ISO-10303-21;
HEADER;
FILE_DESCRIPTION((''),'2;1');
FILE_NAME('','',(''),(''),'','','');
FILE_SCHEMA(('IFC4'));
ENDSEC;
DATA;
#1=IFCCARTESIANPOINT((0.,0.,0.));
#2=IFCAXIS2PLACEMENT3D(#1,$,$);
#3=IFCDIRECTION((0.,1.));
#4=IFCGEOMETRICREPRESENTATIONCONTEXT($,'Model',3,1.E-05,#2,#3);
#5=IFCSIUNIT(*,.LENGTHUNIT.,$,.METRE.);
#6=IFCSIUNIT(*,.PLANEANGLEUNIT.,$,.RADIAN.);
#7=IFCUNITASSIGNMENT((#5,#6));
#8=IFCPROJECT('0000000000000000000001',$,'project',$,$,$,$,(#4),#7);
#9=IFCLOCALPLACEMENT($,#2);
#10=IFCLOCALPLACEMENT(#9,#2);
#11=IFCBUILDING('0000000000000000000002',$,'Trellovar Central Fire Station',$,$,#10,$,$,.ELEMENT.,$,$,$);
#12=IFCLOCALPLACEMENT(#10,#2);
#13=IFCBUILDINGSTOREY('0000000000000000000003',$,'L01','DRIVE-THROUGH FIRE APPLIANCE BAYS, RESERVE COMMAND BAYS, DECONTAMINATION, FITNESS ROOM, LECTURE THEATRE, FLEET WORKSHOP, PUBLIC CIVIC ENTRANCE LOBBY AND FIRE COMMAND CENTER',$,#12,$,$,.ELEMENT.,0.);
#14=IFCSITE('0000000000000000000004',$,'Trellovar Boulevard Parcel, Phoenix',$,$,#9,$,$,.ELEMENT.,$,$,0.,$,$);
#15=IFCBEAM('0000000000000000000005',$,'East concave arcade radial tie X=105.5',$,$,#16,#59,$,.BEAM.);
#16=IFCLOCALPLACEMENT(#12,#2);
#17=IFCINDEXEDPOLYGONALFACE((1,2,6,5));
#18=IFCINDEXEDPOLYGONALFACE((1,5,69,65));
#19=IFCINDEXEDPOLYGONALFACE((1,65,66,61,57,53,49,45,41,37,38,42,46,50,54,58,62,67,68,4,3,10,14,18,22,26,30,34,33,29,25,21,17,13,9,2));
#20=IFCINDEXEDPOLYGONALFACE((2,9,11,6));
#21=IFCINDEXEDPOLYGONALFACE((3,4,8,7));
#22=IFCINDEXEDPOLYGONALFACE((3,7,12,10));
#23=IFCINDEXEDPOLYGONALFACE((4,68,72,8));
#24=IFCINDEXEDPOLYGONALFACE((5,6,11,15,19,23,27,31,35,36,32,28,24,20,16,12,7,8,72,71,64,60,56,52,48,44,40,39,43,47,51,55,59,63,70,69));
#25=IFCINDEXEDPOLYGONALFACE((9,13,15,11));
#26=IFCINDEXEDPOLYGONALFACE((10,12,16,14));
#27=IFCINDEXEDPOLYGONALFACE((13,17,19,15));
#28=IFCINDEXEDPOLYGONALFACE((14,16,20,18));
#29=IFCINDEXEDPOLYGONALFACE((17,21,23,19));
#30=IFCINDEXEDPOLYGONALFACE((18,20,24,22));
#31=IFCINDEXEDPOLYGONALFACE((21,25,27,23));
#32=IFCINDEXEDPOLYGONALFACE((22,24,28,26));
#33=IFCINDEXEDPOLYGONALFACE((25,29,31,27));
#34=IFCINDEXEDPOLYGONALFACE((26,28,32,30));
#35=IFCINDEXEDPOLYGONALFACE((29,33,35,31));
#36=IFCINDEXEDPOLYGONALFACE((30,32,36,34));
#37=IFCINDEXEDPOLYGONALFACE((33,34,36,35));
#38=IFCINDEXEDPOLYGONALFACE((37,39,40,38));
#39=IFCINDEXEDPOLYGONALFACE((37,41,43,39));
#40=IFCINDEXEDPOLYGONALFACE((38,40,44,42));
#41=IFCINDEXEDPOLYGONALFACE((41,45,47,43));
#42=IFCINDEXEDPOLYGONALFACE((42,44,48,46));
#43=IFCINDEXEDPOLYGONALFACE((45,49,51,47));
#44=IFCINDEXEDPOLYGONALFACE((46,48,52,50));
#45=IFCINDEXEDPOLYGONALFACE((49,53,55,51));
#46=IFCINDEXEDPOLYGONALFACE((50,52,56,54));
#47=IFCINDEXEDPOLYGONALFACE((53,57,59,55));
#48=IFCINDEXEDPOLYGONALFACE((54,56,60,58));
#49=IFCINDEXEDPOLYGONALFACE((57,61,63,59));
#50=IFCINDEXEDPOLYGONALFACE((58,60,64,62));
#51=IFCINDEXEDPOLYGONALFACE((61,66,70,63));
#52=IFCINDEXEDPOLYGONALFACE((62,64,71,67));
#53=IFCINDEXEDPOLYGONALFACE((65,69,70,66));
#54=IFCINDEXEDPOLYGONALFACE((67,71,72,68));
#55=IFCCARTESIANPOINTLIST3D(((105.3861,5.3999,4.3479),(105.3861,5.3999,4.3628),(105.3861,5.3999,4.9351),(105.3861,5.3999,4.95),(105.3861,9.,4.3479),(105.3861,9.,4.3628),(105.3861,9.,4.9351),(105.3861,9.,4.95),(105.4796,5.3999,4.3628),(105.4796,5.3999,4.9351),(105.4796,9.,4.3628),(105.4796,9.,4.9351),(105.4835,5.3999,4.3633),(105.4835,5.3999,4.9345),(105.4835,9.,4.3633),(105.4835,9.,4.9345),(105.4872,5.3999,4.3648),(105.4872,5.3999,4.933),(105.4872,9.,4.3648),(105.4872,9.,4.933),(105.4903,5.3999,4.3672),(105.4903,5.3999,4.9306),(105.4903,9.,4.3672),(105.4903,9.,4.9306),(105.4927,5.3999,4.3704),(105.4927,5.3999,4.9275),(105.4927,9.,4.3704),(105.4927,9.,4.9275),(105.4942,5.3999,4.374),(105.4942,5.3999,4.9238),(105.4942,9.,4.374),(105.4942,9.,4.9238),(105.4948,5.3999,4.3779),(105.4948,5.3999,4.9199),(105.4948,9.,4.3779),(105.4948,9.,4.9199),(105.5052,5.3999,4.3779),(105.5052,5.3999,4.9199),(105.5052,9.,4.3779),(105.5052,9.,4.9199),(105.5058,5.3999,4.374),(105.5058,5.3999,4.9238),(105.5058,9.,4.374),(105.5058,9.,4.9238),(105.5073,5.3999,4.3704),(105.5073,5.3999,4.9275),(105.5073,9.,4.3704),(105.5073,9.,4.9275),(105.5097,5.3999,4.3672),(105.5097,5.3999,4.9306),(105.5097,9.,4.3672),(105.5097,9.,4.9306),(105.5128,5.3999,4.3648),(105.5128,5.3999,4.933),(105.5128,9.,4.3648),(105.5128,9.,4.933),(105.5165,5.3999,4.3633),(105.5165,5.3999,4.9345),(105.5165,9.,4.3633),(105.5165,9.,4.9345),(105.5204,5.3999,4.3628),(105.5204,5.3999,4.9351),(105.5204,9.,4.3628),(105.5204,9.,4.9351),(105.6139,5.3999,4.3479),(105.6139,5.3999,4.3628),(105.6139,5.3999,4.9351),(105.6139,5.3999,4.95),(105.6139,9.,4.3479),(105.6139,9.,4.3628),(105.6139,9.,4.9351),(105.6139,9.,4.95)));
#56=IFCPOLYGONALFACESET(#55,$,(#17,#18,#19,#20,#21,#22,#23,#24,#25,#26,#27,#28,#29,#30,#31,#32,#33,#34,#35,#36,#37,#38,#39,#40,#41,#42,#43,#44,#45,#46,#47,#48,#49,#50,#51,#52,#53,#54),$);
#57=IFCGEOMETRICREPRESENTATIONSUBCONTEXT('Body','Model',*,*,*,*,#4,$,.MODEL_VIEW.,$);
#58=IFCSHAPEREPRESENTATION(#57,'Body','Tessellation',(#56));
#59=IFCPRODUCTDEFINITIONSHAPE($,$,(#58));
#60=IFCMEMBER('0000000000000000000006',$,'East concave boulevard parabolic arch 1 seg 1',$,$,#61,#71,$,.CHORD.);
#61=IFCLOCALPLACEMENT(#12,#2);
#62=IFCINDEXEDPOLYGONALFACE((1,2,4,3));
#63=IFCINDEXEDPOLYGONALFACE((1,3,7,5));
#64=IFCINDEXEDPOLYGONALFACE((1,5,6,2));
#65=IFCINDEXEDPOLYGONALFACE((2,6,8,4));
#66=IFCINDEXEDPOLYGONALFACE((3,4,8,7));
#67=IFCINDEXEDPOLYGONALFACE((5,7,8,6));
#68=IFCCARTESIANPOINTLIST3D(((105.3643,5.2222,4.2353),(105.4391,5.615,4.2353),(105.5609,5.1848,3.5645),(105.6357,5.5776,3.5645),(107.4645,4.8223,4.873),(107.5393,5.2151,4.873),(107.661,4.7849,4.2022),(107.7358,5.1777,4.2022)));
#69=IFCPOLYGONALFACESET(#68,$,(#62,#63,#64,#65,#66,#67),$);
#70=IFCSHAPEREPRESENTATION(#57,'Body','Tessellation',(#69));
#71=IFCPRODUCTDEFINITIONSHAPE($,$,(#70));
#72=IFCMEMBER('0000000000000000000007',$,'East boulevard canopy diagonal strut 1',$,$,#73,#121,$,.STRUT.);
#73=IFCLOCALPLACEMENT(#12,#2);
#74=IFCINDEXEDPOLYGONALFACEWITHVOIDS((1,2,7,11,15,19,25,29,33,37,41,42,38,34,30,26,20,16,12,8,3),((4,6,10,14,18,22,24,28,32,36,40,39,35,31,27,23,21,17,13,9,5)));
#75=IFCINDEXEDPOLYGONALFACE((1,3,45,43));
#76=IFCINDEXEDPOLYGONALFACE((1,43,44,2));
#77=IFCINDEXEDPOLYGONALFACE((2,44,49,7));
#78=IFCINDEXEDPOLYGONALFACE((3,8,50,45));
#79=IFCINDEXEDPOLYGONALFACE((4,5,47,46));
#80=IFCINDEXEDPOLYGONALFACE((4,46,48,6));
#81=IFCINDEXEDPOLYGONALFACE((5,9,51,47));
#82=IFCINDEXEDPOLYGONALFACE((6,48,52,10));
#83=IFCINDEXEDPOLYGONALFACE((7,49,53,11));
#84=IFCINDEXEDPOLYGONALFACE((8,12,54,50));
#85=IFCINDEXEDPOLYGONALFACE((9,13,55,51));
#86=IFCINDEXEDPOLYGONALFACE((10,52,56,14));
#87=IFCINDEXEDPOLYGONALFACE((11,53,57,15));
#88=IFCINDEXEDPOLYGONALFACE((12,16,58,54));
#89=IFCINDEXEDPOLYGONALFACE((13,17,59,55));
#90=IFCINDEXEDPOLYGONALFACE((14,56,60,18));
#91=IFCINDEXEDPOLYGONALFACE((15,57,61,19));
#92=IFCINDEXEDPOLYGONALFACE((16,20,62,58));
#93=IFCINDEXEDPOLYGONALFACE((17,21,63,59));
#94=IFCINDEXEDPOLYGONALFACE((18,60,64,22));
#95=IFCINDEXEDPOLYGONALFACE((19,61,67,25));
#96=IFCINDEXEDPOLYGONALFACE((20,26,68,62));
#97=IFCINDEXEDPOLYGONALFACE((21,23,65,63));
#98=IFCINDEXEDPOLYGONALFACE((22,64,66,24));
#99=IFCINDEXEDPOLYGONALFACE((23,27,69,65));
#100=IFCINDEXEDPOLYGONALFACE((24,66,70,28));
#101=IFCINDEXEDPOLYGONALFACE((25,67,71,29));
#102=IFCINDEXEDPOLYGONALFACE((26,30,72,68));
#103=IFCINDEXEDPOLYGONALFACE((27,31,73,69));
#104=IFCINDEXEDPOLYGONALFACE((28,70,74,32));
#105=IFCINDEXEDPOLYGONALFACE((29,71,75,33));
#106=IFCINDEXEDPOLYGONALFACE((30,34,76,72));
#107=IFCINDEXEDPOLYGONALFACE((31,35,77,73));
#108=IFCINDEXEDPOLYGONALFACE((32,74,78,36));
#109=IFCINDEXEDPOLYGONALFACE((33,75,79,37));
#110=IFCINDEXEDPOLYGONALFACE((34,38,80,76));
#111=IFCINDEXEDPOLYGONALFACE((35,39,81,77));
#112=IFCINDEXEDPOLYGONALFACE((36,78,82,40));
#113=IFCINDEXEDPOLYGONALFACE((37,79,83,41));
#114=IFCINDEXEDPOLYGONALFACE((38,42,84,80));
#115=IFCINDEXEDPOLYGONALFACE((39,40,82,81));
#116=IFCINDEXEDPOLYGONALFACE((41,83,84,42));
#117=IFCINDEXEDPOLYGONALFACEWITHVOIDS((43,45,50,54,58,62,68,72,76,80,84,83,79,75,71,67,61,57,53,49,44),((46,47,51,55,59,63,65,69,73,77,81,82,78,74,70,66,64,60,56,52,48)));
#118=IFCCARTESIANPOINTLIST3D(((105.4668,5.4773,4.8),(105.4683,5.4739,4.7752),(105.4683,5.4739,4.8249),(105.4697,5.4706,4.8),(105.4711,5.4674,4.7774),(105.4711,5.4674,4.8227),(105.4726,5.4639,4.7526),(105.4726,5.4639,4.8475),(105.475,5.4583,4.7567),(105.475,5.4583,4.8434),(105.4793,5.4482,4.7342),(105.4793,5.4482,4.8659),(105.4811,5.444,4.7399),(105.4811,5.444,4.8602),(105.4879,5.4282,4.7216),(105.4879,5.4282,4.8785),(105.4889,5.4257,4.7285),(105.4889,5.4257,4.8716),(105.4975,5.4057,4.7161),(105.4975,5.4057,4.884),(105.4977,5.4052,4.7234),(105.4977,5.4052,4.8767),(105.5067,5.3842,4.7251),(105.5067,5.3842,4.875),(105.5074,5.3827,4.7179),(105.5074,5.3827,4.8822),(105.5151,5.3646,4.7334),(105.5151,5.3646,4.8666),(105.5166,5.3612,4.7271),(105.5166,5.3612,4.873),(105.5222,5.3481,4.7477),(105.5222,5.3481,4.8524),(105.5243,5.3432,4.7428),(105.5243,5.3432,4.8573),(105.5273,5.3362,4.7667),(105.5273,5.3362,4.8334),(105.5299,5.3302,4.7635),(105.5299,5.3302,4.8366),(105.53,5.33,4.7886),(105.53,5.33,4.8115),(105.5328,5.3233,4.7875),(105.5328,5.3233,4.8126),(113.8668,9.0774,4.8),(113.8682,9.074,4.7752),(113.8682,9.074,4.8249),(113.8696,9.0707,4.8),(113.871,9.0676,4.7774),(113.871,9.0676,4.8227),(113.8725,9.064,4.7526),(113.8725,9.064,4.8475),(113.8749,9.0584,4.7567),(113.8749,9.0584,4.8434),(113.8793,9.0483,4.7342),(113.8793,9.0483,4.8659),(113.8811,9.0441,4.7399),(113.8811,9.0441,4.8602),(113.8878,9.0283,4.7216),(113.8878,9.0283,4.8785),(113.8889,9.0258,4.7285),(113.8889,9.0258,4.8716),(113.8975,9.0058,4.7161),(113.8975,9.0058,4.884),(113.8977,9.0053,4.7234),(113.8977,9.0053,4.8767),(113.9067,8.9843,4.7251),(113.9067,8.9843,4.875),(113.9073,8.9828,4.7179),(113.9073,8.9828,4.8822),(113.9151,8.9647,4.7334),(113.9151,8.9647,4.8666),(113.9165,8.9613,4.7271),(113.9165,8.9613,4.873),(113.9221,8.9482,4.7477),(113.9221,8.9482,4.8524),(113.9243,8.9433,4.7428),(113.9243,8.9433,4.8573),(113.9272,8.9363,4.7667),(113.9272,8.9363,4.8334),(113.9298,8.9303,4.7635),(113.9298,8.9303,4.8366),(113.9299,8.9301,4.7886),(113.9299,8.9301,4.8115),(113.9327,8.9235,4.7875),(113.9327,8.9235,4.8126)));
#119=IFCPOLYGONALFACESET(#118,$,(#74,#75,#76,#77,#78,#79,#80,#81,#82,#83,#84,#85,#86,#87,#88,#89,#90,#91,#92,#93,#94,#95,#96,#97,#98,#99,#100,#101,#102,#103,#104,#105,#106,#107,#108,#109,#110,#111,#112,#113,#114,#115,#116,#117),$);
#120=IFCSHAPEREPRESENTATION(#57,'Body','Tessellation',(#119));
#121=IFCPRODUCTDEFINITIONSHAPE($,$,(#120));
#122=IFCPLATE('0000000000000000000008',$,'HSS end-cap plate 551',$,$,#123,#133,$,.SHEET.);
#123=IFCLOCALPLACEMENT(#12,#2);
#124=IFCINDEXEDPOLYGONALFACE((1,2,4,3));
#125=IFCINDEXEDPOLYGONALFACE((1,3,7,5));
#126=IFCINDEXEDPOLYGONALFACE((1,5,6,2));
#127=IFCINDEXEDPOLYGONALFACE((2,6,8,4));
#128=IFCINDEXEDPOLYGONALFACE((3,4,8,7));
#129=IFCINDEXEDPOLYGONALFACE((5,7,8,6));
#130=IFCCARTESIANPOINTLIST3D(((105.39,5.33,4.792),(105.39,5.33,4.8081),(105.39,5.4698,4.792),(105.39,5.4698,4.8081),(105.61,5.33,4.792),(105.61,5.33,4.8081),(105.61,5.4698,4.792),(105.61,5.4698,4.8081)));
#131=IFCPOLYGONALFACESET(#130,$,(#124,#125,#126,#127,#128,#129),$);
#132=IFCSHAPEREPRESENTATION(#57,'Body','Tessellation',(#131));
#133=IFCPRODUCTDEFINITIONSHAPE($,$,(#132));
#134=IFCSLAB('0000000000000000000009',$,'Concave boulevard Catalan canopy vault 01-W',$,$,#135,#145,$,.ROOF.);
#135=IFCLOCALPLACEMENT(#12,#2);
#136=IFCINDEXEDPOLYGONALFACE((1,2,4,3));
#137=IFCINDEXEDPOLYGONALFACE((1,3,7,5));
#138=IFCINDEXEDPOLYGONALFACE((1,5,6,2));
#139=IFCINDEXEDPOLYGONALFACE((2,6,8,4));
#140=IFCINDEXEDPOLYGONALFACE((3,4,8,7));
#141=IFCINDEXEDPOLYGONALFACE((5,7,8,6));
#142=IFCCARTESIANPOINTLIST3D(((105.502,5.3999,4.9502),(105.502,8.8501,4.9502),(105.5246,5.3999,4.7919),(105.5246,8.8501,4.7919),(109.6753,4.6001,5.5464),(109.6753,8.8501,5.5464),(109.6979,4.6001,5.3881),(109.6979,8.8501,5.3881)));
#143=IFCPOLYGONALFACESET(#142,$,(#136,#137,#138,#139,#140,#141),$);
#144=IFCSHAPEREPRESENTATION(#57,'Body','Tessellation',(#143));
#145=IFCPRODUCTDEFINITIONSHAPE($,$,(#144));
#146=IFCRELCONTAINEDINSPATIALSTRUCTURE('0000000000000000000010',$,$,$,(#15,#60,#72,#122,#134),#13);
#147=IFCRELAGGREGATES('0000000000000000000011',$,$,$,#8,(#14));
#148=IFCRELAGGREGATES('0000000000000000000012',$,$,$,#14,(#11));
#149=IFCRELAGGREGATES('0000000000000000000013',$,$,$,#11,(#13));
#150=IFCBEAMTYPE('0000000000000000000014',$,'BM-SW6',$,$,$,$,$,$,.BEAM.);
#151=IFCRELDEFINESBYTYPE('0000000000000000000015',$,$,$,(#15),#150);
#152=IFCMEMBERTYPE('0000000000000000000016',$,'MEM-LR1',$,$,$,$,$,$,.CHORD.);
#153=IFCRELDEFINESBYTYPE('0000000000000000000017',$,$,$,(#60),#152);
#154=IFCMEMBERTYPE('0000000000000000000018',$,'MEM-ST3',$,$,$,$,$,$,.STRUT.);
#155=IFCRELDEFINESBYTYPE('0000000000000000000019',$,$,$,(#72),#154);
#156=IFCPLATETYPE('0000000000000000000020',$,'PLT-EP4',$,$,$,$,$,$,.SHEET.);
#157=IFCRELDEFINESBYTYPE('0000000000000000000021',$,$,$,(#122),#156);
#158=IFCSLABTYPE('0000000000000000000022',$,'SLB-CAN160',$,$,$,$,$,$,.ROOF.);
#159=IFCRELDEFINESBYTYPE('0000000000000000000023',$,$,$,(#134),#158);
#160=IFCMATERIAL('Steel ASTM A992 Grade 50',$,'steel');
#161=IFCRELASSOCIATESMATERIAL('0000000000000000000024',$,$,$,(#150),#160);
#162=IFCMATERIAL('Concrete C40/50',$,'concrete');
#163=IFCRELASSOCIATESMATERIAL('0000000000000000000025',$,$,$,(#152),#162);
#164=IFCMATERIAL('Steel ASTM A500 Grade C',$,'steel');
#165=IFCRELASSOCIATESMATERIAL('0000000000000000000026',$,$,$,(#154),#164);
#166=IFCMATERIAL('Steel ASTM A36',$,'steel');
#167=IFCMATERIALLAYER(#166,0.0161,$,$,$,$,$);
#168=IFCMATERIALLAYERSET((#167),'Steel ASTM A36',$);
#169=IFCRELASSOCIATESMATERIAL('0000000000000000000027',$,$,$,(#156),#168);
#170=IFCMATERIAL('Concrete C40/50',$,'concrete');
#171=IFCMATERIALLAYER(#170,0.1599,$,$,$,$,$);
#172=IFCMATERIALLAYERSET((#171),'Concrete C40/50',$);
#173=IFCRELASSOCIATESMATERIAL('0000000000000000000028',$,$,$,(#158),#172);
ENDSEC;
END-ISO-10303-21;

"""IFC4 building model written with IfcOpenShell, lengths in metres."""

from ifc_helpers import new_model, si_unit, direction, frame, origin, origin_2d, place, context, subcontext, project, spatial, polyline, rectangle, hollow_circle, i_section, outline, extrude, material, layer, layer_set, material_profile, profile_set, type_object, element, save


model = new_model("IFC4")

# Units and contexts
model_context = context("Model", 3, precision=1e-05, world=origin(), true_north=direction((0.0, 1.0)))
body_context = subcontext(model_context, "Body", "Model", "MODEL_VIEW")
ifc_project = project(units=[si_unit("LENGTHUNIT", "METRE"), si_unit("PLANEANGLEUNIT", "RADIAN")], contexts=[model_context])

# Site, building, storey
site_placement = place(None, origin())
site = spatial("IfcSite", under=ifc_project, at=site_placement, Name="Trellovar Boulevard Parcel, Phoenix", CompositionType="ELEMENT", RefElevation=0.0)
building_placement = place(site_placement, origin())
building = spatial("IfcBuilding", under=site, at=building_placement, Name="Trellovar Central Fire Station", CompositionType="ELEMENT")
storey_placement = place(building_placement, origin())
storey = spatial("IfcBuildingStorey", under=building, at=storey_placement, Name="L01", Description="DRIVE-THROUGH FIRE APPLIANCE BAYS, RESERVE COMMAND BAYS, DECONTAMINATION, FITNESS ROOM, LECTURE THEATRE, FLEET WORKSHOP, PUBLIC CIVIC ENTRANCE LOBBY AND FIRE COMMAND CENTER", CompositionType="ELEMENT", Elevation=0.0)

# Beam
ifc_material_1 = material(Name="Steel ASTM A992 Grade 50", Category="steel")
ifc_material_profile_1 = material_profile(ifc_material_1, i_section(OverallWidth=0.2278, OverallDepth=0.6021, WebThickness=0.0105, FlangeThickness=0.0149, FilletRadius=0.0151, at=origin_2d()), Name="W24X68")
ifc_profile_set_1 = profile_set([ifc_material_profile_1], Name="Steel ASTM A992 Grade 50")
beam_type_1 = type_object("IfcBeamType", Name="BM-SW6", PredefinedType="BEAM", material=ifc_profile_set_1)
beam_1_placement = place(storey_placement, frame((105.5, 5.3999, 4.6489), z_axis=(0.0, 1.0, 0.0), x_axis=(-1.0, 0.0, 0.0)))
element("IfcBeam", 1, at=beam_1_placement, inside=storey, type_object=beam_type_1, Name="East concave arcade radial tie X=105.5", PredefinedType="BEAM", context=body_context, shape_type="SweptSolid", body=[
    extrude(i_section(OverallWidth=0.2278, OverallDepth=0.6021, WebThickness=0.0105, FlangeThickness=0.0149, FilletRadius=0.0151, at=origin_2d()), origin(), (0.0, 0.0, 1.0), 3.6001),
])

# Members
ifc_material_2 = material(Name="Concrete C40/50", Category="concrete")
ifc_material_profile_2 = material_profile(ifc_material_2, rectangle(XDim=0.3999, YDim=0.7, at=origin_2d()), Name="RC400X700")
ifc_profile_set_2 = profile_set([ifc_material_profile_2], Name="Concrete C40/50")
member_type_1 = type_object("IfcMemberType", Name="MEM-LR1", PredefinedType="CHORD", material=ifc_profile_set_2)
member_1_placement = place(storey_placement, frame((105.5, 5.3999, 3.8999), z_axis=(0.941361, -0.179255, 0.285845), x_axis=(0.18706, 0.982349, 0.0)))
element("IfcMember", 2, at=member_1_placement, inside=storey, type_object=member_type_1, Name="East concave boulevard parabolic arch 1 seg 1", PredefinedType="CHORD", context=body_context, shape_type="SweptSolid", body=[
    extrude(rectangle(XDim=0.3999, YDim=0.7, at=origin_2d()), origin(), (0.0, 0.0, 1.0), 2.231),
])
ifc_material_3 = material(Name="Steel ASTM A500 Grade C", Category="steel")
ifc_material_profile_3 = material_profile(ifc_material_3, hollow_circle(Radius=0.0842, WallThickness=0.0073, at=origin_2d()), Name="HSS6.625X0.312")
ifc_profile_set_3 = profile_set([ifc_material_profile_3], Name="Steel ASTM A500 Grade C")
member_type_2 = type_object("IfcMemberType", Name="MEM-ST3", PredefinedType="STRUT", material=ifc_profile_set_3)
member_2_placement = place(storey_placement, frame((105.5, 5.3999, 4.8), z_axis=(0.91914, 0.393932, 0.0), x_axis=(-0.393932, 0.91914, 0.0)))
element("IfcMember", 3, at=member_2_placement, inside=storey, type_object=member_type_2, Name="East boulevard canopy diagonal strut 1", PredefinedType="STRUT", context=body_context, shape_type="SweptSolid", body=[
    extrude(hollow_circle(Radius=0.0842, WallThickness=0.0073, at=origin_2d()), origin(), (0.0, 0.0, 1.0), 9.1389),
])

# Plate
ifc_material_4 = material(Name="Steel ASTM A36", Category="steel")
ifc_layer_1 = layer(ifc_material_4, 0.0161)
ifc_layer_set_1 = layer_set([ifc_layer_1], Name="Steel ASTM A36")
plate_type = type_object("IfcPlateType", Name="PLT-EP4", PredefinedType="SHEET", material=ifc_layer_set_1)
plate_placement = place(storey_placement, frame((105.5, 5.3999, 4.792), z_axis=(0.0, 0.0, 1.0), x_axis=(1.0, 0.0, 0.0)))
element("IfcPlate", 4, at=plate_placement, inside=storey, type_object=plate_type, Name="HSS end-cap plate 551", PredefinedType="SHEET", context=body_context, shape_type="SweptSolid", body=[
    extrude(rectangle(XDim=0.22, YDim=0.1399, at=origin_2d()), origin(), (0.0, 0.0, 1.0), 0.0161),
])

# Slab
ifc_material_5 = material(Name="Concrete C40/50", Category="concrete")
ifc_layer_2 = layer(ifc_material_5, 0.1599)
ifc_layer_set_2 = layer_set([ifc_layer_2], Name="Concrete C40/50")
slab_type = type_object("IfcSlabType", Name="SLB-CAN160", PredefinedType="ROOF", material=ifc_layer_set_2)
slab_placement = place(storey_placement, frame((105.502, 5.3999, 4.9502), z_axis=(-0.141421, 0.0, 0.989949), x_axis=(0.9726, -0.186395, 0.138943)))
element("IfcSlab", 5, at=slab_placement, inside=storey, type_object=slab_type, Name="Concave boulevard Catalan canopy vault 01-W", PredefinedType="ROOF", context=body_context, shape_type="SweptSolid", body=[
    extrude(outline(polyline([(0.0, 0.0), (4.2909, 0.0), (3.4987, 4.1755), (-0.6431, 3.3897), (0.0, 0.0)])), origin(), (0.0, 0.0, -1.0), 0.1599),
])

save(model, "model.ifc")
